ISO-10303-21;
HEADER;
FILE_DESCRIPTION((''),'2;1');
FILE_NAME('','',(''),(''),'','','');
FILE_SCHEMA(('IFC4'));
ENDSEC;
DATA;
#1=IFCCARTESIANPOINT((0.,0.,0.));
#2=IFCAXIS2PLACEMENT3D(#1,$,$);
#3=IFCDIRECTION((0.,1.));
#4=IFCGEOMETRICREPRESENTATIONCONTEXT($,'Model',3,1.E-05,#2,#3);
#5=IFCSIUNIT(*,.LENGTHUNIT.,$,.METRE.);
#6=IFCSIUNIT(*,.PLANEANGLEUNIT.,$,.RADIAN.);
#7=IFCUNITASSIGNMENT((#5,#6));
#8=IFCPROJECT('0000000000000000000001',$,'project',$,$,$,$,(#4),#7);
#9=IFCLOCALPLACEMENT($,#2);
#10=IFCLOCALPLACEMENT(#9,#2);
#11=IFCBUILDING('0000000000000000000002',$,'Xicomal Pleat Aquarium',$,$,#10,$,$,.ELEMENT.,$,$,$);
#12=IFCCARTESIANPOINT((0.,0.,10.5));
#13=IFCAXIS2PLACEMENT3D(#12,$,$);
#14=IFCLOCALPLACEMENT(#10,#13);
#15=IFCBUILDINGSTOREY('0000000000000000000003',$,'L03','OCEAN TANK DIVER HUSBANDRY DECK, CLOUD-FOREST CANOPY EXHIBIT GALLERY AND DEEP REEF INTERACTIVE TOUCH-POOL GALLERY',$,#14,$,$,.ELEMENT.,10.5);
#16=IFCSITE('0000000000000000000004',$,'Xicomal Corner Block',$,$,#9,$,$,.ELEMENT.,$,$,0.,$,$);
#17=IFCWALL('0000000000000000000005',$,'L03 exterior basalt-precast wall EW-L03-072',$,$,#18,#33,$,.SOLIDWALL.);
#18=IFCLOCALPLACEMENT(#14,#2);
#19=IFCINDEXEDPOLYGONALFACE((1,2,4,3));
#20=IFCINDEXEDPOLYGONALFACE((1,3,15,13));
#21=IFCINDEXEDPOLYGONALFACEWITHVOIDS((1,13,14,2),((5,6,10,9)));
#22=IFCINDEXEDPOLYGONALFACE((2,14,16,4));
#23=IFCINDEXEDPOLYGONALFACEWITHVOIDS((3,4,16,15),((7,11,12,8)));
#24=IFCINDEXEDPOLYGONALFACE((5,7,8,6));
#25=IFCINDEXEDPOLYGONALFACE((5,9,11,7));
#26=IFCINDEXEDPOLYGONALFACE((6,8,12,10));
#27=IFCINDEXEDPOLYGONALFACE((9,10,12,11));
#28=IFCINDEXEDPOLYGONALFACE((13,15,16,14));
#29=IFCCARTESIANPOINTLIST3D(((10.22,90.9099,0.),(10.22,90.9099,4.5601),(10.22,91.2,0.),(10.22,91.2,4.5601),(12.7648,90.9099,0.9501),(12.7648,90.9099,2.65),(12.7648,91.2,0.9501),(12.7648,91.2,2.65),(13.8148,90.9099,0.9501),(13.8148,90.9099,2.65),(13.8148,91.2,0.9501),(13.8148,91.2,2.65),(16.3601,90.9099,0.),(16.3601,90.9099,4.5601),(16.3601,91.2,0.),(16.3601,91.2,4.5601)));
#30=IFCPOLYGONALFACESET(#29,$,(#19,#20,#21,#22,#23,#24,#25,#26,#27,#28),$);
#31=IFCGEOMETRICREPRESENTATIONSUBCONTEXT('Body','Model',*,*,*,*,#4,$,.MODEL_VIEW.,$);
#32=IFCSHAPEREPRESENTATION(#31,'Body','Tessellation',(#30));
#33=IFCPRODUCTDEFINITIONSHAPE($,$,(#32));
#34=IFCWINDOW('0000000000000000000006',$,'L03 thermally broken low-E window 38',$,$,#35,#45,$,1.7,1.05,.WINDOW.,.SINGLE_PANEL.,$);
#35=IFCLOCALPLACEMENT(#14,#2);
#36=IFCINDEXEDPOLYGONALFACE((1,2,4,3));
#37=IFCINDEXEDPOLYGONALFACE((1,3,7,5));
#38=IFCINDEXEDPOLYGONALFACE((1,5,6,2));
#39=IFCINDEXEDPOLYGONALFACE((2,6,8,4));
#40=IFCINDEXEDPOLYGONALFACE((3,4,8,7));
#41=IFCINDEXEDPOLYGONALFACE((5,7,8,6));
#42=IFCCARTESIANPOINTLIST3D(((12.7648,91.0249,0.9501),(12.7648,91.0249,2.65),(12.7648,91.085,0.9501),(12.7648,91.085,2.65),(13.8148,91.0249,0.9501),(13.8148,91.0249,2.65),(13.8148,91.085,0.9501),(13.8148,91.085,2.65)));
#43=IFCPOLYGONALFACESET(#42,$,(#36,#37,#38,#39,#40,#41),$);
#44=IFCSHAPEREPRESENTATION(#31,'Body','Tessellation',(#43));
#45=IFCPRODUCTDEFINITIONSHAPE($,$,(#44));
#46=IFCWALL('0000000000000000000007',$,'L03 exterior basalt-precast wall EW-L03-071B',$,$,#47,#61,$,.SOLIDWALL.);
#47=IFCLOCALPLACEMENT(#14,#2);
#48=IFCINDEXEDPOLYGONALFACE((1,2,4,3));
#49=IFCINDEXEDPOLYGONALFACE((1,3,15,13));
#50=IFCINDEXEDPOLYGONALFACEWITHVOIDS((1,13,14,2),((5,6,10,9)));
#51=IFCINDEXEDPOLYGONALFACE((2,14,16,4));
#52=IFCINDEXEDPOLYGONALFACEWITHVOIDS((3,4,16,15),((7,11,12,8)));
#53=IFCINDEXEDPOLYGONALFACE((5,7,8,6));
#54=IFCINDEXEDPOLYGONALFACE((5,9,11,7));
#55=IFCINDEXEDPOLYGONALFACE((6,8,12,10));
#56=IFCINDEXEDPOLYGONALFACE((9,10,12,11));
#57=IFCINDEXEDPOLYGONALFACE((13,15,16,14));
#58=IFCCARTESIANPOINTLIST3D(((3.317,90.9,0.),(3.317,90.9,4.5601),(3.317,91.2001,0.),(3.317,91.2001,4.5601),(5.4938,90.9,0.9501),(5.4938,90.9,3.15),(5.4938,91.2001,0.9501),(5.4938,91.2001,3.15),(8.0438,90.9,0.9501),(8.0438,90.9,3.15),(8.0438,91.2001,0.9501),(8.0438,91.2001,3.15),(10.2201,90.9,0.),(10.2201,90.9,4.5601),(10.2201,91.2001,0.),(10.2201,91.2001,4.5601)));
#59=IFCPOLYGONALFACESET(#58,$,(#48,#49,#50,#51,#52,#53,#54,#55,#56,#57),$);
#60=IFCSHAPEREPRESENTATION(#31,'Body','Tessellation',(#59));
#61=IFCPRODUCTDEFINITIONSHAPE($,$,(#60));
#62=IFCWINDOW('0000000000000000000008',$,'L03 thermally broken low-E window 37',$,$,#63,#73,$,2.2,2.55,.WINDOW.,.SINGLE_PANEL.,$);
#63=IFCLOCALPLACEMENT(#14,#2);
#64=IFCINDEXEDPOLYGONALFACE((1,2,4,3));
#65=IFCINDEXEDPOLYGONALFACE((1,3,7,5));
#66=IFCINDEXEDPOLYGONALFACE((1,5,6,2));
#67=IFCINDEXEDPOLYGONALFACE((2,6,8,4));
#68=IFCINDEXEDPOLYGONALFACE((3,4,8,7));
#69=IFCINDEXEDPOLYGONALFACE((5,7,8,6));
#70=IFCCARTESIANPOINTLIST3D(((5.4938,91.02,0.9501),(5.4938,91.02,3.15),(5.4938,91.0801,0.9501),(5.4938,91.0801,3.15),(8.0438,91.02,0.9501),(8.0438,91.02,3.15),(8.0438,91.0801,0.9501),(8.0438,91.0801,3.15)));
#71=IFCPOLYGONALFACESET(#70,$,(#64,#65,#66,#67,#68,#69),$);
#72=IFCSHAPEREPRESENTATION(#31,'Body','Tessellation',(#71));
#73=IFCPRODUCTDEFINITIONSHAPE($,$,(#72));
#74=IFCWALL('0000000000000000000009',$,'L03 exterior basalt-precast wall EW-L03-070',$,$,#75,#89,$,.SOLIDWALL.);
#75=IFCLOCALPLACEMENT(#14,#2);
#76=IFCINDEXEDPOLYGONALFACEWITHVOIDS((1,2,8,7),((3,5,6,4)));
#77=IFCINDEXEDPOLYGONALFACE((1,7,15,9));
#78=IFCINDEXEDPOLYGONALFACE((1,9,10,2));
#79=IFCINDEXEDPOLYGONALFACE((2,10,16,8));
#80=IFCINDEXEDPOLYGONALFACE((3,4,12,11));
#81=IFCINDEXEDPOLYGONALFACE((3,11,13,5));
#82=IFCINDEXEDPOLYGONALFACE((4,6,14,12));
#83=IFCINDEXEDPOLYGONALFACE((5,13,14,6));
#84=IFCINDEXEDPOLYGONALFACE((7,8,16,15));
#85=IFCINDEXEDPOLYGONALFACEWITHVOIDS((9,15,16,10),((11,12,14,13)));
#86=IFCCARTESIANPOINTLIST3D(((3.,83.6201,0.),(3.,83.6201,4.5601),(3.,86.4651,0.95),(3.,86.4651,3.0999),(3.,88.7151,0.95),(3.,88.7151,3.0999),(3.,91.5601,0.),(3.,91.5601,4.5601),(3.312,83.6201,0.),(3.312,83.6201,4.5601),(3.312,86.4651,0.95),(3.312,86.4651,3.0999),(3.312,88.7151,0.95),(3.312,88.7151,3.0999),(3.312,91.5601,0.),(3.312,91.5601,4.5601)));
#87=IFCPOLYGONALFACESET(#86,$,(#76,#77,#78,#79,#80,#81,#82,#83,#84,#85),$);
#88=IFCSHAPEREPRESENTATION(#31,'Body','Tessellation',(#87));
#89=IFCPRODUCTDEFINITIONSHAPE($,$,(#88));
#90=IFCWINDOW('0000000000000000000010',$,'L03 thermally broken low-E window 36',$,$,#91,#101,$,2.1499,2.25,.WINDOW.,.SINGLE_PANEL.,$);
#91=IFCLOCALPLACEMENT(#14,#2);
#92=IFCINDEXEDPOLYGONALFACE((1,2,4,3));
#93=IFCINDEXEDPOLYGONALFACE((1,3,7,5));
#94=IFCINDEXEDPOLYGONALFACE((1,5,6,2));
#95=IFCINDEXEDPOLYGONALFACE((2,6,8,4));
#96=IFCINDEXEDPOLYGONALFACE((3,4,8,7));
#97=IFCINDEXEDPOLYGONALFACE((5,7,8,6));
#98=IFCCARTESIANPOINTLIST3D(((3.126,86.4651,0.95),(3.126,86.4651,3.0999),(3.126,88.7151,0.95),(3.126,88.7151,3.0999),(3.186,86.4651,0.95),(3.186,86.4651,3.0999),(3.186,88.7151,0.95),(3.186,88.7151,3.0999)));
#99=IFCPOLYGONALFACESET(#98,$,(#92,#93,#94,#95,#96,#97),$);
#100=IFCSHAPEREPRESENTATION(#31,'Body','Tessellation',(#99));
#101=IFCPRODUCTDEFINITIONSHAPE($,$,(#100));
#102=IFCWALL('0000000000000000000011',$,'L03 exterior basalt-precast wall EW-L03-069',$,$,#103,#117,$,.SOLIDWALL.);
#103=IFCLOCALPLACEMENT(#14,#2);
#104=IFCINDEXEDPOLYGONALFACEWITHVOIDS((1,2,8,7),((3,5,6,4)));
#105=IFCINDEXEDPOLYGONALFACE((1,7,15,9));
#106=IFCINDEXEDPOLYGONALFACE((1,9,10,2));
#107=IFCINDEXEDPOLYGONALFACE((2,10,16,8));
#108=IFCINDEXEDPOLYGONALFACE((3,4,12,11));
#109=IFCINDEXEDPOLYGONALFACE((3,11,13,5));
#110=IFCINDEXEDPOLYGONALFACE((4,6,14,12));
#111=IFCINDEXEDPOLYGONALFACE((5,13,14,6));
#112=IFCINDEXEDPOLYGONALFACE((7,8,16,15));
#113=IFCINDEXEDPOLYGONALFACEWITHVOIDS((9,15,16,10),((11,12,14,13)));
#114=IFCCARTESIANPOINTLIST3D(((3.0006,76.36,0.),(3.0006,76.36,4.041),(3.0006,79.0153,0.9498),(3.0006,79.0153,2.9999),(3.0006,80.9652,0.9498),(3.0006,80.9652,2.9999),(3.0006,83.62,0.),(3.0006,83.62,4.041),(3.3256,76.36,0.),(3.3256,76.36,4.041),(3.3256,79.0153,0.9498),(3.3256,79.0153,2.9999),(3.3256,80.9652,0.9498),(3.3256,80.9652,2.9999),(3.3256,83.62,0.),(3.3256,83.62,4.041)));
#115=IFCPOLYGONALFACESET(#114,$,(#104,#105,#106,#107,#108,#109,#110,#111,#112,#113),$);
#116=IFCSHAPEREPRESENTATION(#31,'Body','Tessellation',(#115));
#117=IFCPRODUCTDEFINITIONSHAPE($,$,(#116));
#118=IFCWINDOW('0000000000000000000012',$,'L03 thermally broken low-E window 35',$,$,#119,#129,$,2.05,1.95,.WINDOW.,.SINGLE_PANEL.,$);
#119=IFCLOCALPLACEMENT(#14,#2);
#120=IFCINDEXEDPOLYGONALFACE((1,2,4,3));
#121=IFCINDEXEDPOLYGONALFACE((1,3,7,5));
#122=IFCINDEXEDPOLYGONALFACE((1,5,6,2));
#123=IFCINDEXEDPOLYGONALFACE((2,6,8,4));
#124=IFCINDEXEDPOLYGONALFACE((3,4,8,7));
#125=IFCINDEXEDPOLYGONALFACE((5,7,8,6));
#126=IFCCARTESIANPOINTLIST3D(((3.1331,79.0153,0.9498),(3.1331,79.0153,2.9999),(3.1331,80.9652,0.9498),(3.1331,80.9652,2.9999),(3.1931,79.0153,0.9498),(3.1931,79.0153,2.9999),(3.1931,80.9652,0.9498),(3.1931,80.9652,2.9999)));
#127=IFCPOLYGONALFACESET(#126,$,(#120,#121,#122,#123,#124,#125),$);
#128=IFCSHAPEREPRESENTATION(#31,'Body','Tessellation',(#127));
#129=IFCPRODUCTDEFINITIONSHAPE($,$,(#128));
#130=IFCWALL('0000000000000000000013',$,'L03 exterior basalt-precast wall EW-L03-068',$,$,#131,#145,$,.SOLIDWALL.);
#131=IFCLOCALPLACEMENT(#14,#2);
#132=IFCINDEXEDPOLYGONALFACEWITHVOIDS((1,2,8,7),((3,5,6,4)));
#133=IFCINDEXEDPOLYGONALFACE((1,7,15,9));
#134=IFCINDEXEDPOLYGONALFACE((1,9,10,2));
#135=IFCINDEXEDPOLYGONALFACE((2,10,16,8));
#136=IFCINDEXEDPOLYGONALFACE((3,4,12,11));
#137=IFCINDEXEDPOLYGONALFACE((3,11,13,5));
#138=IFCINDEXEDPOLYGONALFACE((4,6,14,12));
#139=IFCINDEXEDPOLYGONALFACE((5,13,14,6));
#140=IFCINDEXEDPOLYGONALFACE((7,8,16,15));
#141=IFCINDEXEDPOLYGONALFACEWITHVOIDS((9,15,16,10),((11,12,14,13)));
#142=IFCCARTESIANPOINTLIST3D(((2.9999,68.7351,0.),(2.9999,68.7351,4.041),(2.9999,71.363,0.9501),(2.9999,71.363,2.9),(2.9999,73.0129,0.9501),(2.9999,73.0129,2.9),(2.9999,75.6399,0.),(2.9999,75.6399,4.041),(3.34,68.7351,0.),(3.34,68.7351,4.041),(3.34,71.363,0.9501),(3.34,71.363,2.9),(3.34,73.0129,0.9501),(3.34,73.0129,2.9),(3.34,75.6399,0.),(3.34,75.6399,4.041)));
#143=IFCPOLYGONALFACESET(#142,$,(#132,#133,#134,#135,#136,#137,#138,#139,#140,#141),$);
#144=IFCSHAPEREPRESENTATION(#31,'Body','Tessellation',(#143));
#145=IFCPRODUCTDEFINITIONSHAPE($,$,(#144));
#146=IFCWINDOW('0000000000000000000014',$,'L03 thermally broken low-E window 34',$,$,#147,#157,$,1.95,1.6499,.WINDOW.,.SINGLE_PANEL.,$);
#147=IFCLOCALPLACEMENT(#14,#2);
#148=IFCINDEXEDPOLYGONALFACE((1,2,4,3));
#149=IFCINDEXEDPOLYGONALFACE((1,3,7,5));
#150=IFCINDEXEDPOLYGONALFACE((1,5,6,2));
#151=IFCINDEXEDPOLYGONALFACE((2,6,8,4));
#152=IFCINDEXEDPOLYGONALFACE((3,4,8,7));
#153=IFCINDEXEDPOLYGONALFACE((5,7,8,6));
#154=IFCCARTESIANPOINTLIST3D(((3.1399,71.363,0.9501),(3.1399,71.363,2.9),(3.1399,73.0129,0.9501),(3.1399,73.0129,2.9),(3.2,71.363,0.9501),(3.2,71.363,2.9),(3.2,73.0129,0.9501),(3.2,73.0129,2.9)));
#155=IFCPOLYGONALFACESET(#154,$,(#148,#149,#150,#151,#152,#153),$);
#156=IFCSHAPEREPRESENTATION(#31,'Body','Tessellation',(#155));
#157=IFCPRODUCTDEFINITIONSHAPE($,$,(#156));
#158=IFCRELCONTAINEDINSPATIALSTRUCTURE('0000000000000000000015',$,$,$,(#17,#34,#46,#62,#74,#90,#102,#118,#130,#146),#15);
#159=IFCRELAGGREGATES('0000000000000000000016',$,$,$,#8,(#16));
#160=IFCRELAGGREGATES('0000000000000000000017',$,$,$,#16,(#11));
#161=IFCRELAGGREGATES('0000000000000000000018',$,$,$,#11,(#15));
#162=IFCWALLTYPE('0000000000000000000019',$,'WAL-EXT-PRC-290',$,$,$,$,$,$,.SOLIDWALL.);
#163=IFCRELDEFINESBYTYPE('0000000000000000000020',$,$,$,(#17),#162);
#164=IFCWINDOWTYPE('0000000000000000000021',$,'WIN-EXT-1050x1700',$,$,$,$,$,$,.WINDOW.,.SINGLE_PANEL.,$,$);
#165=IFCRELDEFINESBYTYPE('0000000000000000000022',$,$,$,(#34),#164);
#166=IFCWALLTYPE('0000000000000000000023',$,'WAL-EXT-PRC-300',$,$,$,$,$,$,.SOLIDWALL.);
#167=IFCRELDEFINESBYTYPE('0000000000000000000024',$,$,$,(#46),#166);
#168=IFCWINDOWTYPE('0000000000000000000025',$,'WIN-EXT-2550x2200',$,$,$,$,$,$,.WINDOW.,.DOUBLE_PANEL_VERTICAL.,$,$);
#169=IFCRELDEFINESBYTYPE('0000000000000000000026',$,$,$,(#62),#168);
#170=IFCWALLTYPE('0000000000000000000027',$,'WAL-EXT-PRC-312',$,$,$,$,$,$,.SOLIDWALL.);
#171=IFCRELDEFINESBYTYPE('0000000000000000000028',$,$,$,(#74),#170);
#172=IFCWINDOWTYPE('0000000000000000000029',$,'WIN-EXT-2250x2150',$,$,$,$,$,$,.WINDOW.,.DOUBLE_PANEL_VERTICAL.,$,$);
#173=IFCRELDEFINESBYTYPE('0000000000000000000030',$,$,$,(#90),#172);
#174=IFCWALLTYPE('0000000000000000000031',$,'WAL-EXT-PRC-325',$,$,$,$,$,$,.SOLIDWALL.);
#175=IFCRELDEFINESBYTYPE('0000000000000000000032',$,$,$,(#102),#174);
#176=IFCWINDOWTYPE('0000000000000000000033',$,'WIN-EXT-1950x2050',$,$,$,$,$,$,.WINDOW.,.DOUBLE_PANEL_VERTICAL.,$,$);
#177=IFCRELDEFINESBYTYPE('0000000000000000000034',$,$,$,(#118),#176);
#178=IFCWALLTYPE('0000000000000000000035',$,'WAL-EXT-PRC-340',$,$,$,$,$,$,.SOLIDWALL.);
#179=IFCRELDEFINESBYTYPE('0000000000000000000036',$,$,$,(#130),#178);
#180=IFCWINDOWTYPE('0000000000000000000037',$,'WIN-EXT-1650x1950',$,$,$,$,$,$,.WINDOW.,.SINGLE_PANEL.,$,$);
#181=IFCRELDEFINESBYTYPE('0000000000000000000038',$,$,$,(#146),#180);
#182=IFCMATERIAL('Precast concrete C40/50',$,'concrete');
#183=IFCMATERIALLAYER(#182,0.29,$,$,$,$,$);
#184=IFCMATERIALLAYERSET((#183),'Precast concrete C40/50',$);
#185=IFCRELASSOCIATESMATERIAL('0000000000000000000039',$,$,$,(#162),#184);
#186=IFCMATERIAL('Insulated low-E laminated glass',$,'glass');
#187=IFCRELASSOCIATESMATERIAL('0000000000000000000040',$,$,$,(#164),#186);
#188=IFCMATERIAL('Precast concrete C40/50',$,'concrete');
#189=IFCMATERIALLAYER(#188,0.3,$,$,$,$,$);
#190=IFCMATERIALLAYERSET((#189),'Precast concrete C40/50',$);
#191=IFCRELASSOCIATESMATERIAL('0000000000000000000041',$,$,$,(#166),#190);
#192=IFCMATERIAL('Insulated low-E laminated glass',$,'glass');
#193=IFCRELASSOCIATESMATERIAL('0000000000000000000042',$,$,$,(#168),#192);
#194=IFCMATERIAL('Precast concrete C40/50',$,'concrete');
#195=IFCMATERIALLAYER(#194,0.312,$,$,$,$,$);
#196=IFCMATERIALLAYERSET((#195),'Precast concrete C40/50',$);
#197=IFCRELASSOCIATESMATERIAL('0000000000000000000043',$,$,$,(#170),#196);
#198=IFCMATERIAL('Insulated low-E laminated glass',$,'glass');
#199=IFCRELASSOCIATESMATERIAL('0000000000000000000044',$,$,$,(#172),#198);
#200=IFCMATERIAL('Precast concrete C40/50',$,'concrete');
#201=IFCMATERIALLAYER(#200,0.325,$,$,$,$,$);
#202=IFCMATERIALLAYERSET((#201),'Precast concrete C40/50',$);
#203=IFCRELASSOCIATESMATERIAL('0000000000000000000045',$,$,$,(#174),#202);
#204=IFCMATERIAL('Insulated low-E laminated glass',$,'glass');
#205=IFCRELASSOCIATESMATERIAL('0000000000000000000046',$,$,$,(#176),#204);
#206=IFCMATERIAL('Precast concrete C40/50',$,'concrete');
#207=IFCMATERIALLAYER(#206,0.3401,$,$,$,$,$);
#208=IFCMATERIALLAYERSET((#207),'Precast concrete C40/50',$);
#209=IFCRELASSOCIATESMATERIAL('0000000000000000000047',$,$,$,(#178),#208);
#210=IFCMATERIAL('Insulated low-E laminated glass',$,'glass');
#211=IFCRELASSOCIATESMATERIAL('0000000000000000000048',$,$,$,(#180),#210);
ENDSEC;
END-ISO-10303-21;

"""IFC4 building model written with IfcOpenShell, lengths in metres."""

from ifc_helpers import new_model, si_unit, direction, frame, frame_2d, origin, place, context, subcontext, project, spatial, rectangle, extrude, material, layer, layer_set, type_object, element, fill, save


model = new_model("IFC4")

# Units and contexts
model_context = context("Model", 3, precision=1e-05, world=origin(), true_north=direction((0.0, 1.0)))
body_context = subcontext(model_context, "Body", "Model", "MODEL_VIEW")
ifc_project = project(units=[si_unit("LENGTHUNIT", "METRE"), si_unit("PLANEANGLEUNIT", "RADIAN")], contexts=[model_context])

# Site, building, storey
site_placement = place(None, origin())
site = spatial("IfcSite", under=ifc_project, at=site_placement, Name="Xicomal Corner Block", CompositionType="ELEMENT", RefElevation=0.0)
building_placement = place(site_placement, origin())
building = spatial("IfcBuilding", under=site, at=building_placement, Name="Xicomal Pleat Aquarium", CompositionType="ELEMENT")
storey_placement = place(building_placement, frame((0.0, 0.0, 10.5)))
storey = spatial("IfcBuildingStorey", under=building, at=storey_placement, Name="L03", Description="OCEAN TANK DIVER HUSBANDRY DECK, CLOUD-FOREST CANOPY EXHIBIT GALLERY AND DEEP REEF INTERACTIVE TOUCH-POOL GALLERY", CompositionType="ELEMENT", Elevation=10.5)

# Walls, openings, windows
ifc_material_1 = material(Name="Precast concrete C40/50", Category="concrete")
ifc_layer_1 = layer(ifc_material_1, 0.29)
ifc_layer_set_1 = layer_set([ifc_layer_1], Name="Precast concrete C40/50")
wall_type_1 = type_object("IfcWallType", Name="WAL-EXT-PRC-290", PredefinedType="SOLIDWALL", material=ifc_layer_set_1)
wall_1_placement = place(storey_placement, frame((10.22, 91.0549, 0.0), z_axis=(0.0, 0.0, 1.0), x_axis=(1.0, 0.0, 0.0)))
wall_1 = element("IfcWall", 1, at=wall_1_placement, inside=storey, type_object=wall_type_1, Name="L03 exterior basalt-precast wall EW-L03-072", PredefinedType="SOLIDWALL", context=body_context, shape_type="SweptSolid", body=[
    extrude(rectangle(XDim=6.1401, YDim=0.29, at=frame_2d((3.0701, 0.0))), origin(), (0.0, 0.0, 1.0), 4.5601),
])
opening_1_placement = place(wall_1_placement, frame((2.5449, 0.0, 0.95)))
opening_1 = element("IfcOpeningElement", 2, at=opening_1_placement, cuts=wall_1, PredefinedType="OPENING", context=body_context, shape_type="SweptSolid", body=[
    extrude(rectangle(XDim=1.05, YDim=1.7, at=frame_2d((0.5249, 0.8501))), frame((0.0, 0.155, 0.0), z_axis=(0.0, -1.0, 0.0), x_axis=(1.0, 0.0, 0.0)), (0.0, 0.0, 1.0), 0.3101),
])
ifc_material_2 = material(Name="Insulated low-E laminated glass", Category="glass")
window_type_1 = type_object("IfcWindowType", Name="WIN-EXT-1050x1700", PartitioningType="SINGLE_PANEL", PredefinedType="WINDOW", material=ifc_material_2)
window_1_placement = place(opening_1_placement, origin())
window_1 = element("IfcWindow", 3, at=window_1_placement, inside=storey, type_object=window_type_1, Name="L03 thermally broken low-E window 38", OverallHeight=1.7, OverallWidth=1.05, PartitioningType="SINGLE_PANEL", PredefinedType="WINDOW", context=body_context, shape_type="SweptSolid", body=[
    extrude(rectangle(XDim=1.05, YDim=1.7, at=frame_2d((0.5249, 0.8501))), frame((0.0, 0.03, 0.0), z_axis=(0.0, -1.0, 0.0), x_axis=(1.0, 0.0, 0.0)), (0.0, 0.0, 1.0), 0.0601),
])
fill(opening_1, window_1)
ifc_material_3 = material(Name="Precast concrete C40/50", Category="concrete")
ifc_layer_2 = layer(ifc_material_3, 0.3)
ifc_layer_set_2 = layer_set([ifc_layer_2], Name="Precast concrete C40/50")
wall_type_2 = type_object("IfcWallType", Name="WAL-EXT-PRC-300", PredefinedType="SOLIDWALL", material=ifc_layer_set_2)
wall_2_placement = place(storey_placement, frame((3.3169, 91.05, 0.0), z_axis=(0.0, 0.0, 1.0), x_axis=(1.0, 0.0, 0.0)))
wall_2 = element("IfcWall", 4, at=wall_2_placement, inside=storey, type_object=wall_type_2, Name="L03 exterior basalt-precast wall EW-L03-071B", PredefinedType="SOLIDWALL", context=body_context, shape_type="SweptSolid", body=[
    extrude(rectangle(XDim=6.9031, YDim=0.3, at=frame_2d((3.4517, 0.0))), origin(), (0.0, 0.0, 1.0), 4.5601),
])
opening_2_placement = place(wall_2_placement, frame((2.177, 0.0, 0.95)))
opening_2 = element("IfcOpeningElement", 5, at=opening_2_placement, cuts=wall_2, PredefinedType="OPENING", context=body_context, shape_type="SweptSolid", body=[
    extrude(rectangle(XDim=2.55, YDim=2.2, at=frame_2d((1.2749, 1.1001))), frame((0.0, 0.1599, 0.0), z_axis=(0.0, -1.0, 0.0), x_axis=(1.0, 0.0, 0.0)), (0.0, 0.0, 1.0), 0.3201),
])
ifc_material_4 = material(Name="Insulated low-E laminated glass", Category="glass")
window_type_2 = type_object("IfcWindowType", Name="WIN-EXT-2550x2200", PartitioningType="DOUBLE_PANEL_VERTICAL", PredefinedType="WINDOW", material=ifc_material_4)
window_2_placement = place(opening_2_placement, origin())
window_2 = element("IfcWindow", 6, at=window_2_placement, inside=storey, type_object=window_type_2, Name="L03 thermally broken low-E window 37", OverallHeight=2.2, OverallWidth=2.55, PartitioningType="SINGLE_PANEL", PredefinedType="WINDOW", context=body_context, shape_type="SweptSolid", body=[
    extrude(rectangle(XDim=2.55, YDim=2.2, at=frame_2d((1.2749, 1.1001))), frame((0.0, 0.03, 0.0), z_axis=(0.0, -1.0, 0.0), x_axis=(1.0, 0.0, 0.0)), (0.0, 0.0, 1.0), 0.0601),
])
fill(opening_2, window_2)
ifc_material_5 = material(Name="Precast concrete C40/50", Category="concrete")
ifc_layer_3 = layer(ifc_material_5, 0.312)
ifc_layer_set_3 = layer_set([ifc_layer_3], Name="Precast concrete C40/50")
wall_type_3 = type_object("IfcWallType", Name="WAL-EXT-PRC-312", PredefinedType="SOLIDWALL", material=ifc_layer_set_3)
wall_3_placement = place(storey_placement, frame((3.156, 83.6201, 0.0), z_axis=(0.0, 0.0, 1.0), x_axis=(0.0, 1.0, 0.0)))
wall_3 = element("IfcWall", 7, at=wall_3_placement, inside=storey, type_object=wall_type_3, Name="L03 exterior basalt-precast wall EW-L03-070", PredefinedType="SOLIDWALL", context=body_context, shape_type="SweptSolid", body=[
    extrude(rectangle(XDim=7.9399, YDim=0.312, at=frame_2d((3.97, 0.0))), origin(), (0.0, 0.0, 1.0), 4.5601),
])
opening_3_placement = place(wall_3_placement, frame((2.845, 0.0, 0.95)))
opening_3 = element("IfcOpeningElement", 8, at=opening_3_placement, cuts=wall_3, PredefinedType="OPENING", context=body_context, shape_type="SweptSolid", body=[
    extrude(rectangle(XDim=2.25, YDim=2.1499, at=frame_2d((1.125, 1.075))), frame((0.0, 0.166, 0.0), z_axis=(0.0, -1.0, 0.0), x_axis=(1.0, 0.0, 0.0)), (0.0, 0.0, 1.0), 0.332),
])
ifc_material_6 = material(Name="Insulated low-E laminated glass", Category="glass")
window_type_3 = type_object("IfcWindowType", Name="WIN-EXT-2250x2150", PartitioningType="DOUBLE_PANEL_VERTICAL", PredefinedType="WINDOW", material=ifc_material_6)
window_3_placement = place(opening_3_placement, origin())
window_3 = element("IfcWindow", 9, at=window_3_placement, inside=storey, type_object=window_type_3, Name="L03 thermally broken low-E window 36", OverallHeight=2.1499, OverallWidth=2.25, PartitioningType="SINGLE_PANEL", PredefinedType="WINDOW", context=body_context, shape_type="SweptSolid", body=[
    extrude(rectangle(XDim=2.25, YDim=2.1499, at=frame_2d((1.125, 1.075))), frame((0.0, 0.03, 0.0), z_axis=(0.0, -1.0, 0.0), x_axis=(1.0, 0.0, 0.0)), (0.0, 0.0, 1.0), 0.0601),
])
fill(opening_3, window_3)
ifc_material_7 = material(Name="Precast concrete C40/50", Category="concrete")
ifc_layer_4 = layer(ifc_material_7, 0.325)
ifc_layer_set_4 = layer_set([ifc_layer_4], Name="Precast concrete C40/50")
wall_type_4 = type_object("IfcWallType", Name="WAL-EXT-PRC-325", PredefinedType="SOLIDWALL", material=ifc_layer_set_4)
wall_4_placement = place(storey_placement, frame((3.1631, 76.3601, 0.0), z_axis=(0.0, 0.0, 1.0), x_axis=(0.0, 1.0, 0.0)))
wall_4 = element("IfcWall", 10, at=wall_4_placement, inside=storey, type_object=wall_type_4, Name="L03 exterior basalt-precast wall EW-L03-069", PredefinedType="SOLIDWALL", context=body_context, shape_type="SweptSolid", body=[
    extrude(rectangle(XDim=7.26, YDim=0.325, at=frame_2d((3.6299, 0.0))), origin(), (0.0, 0.0, 1.0), 4.041),
])
opening_4_placement = place(wall_4_placement, frame((2.655, 0.0, 0.95)))
opening_4 = element("IfcOpeningElement", 11, at=opening_4_placement, cuts=wall_4, PredefinedType="OPENING", context=body_context, shape_type="SweptSolid", body=[
    extrude(rectangle(XDim=1.95, YDim=2.05, at=frame_2d((0.9751, 1.0249))), frame((0.0, 0.1724, 0.0), z_axis=(0.0, -1.0, 0.0), x_axis=(1.0, 0.0, 0.0)), (0.0, 0.0, 1.0), 0.345),
])
ifc_material_8 = material(Name="Insulated low-E laminated glass", Category="glass")
window_type_4 = type_object("IfcWindowType", Name="WIN-EXT-1950x2050", PartitioningType="DOUBLE_PANEL_VERTICAL", PredefinedType="WINDOW", material=ifc_material_8)
window_4_placement = place(opening_4_placement, origin())
window_4 = element("IfcWindow", 12, at=window_4_placement, inside=storey, type_object=window_type_4, Name="L03 thermally broken low-E window 35", OverallHeight=2.05, OverallWidth=1.95, PartitioningType="SINGLE_PANEL", PredefinedType="WINDOW", context=body_context, shape_type="SweptSolid", body=[
    extrude(rectangle(XDim=1.95, YDim=2.05, at=frame_2d((0.9751, 1.0249))), frame((0.0, 0.03, 0.0), z_axis=(0.0, -1.0, 0.0), x_axis=(1.0, 0.0, 0.0)), (0.0, 0.0, 1.0), 0.0601),
])
fill(opening_4, window_4)
ifc_material_9 = material(Name="Precast concrete C40/50", Category="concrete")
ifc_layer_5 = layer(ifc_material_9, 0.3401)
ifc_layer_set_5 = layer_set([ifc_layer_5], Name="Precast concrete C40/50")
wall_type_5 = type_object("IfcWallType", Name="WAL-EXT-PRC-340", PredefinedType="SOLIDWALL", material=ifc_layer_set_5)
wall_5_placement = place(storey_placement, frame((3.1699, 68.7351, 0.0), z_axis=(0.0, 0.0, 1.0), x_axis=(0.0, 1.0, 0.0)))
wall_5 = element("IfcWall", 13, at=wall_5_placement, inside=storey, type_object=wall_type_5, Name="L03 exterior basalt-precast wall EW-L03-068", PredefinedType="SOLIDWALL", context=body_context, shape_type="SweptSolid", body=[
    extrude(rectangle(XDim=6.9048, YDim=0.3401, at=frame_2d((3.4524, 0.0))), origin(), (0.0, 0.0, 1.0), 4.041),
])
opening_5_placement = place(wall_5_placement, frame((2.6279, 0.0, 0.95)))
opening_5 = element("IfcOpeningElement", 14, at=opening_5_placement, cuts=wall_5, PredefinedType="OPENING", context=body_context, shape_type="SweptSolid", body=[
    extrude(rectangle(XDim=1.6499, YDim=1.95, at=frame_2d((0.825, 0.9751))), frame((0.0, 0.1799, 0.0), z_axis=(0.0, -1.0, 0.0), x_axis=(1.0, 0.0, 0.0)), (0.0, 0.0, 1.0), 0.3601),
])
ifc_material_10 = material(Name="Insulated low-E laminated glass", Category="glass")
window_type_5 = type_object("IfcWindowType", Name="WIN-EXT-1650x1950", PartitioningType="SINGLE_PANEL", PredefinedType="WINDOW", material=ifc_material_10)
window_5_placement = place(opening_5_placement, origin())
window_5 = element("IfcWindow", 15, at=window_5_placement, inside=storey, type_object=window_type_5, Name="L03 thermally broken low-E window 34", OverallHeight=1.95, OverallWidth=1.6499, PartitioningType="SINGLE_PANEL", PredefinedType="WINDOW", context=body_context, shape_type="SweptSolid", body=[
    extrude(rectangle(XDim=1.6499, YDim=1.95, at=frame_2d((0.825, 0.9751))), frame((0.0, 0.03, 0.0), z_axis=(0.0, -1.0, 0.0), x_axis=(1.0, 0.0, 0.0)), (0.0, 0.0, 1.0), 0.0601),
])
fill(opening_5, window_5)

save(model, "model.ifc")
